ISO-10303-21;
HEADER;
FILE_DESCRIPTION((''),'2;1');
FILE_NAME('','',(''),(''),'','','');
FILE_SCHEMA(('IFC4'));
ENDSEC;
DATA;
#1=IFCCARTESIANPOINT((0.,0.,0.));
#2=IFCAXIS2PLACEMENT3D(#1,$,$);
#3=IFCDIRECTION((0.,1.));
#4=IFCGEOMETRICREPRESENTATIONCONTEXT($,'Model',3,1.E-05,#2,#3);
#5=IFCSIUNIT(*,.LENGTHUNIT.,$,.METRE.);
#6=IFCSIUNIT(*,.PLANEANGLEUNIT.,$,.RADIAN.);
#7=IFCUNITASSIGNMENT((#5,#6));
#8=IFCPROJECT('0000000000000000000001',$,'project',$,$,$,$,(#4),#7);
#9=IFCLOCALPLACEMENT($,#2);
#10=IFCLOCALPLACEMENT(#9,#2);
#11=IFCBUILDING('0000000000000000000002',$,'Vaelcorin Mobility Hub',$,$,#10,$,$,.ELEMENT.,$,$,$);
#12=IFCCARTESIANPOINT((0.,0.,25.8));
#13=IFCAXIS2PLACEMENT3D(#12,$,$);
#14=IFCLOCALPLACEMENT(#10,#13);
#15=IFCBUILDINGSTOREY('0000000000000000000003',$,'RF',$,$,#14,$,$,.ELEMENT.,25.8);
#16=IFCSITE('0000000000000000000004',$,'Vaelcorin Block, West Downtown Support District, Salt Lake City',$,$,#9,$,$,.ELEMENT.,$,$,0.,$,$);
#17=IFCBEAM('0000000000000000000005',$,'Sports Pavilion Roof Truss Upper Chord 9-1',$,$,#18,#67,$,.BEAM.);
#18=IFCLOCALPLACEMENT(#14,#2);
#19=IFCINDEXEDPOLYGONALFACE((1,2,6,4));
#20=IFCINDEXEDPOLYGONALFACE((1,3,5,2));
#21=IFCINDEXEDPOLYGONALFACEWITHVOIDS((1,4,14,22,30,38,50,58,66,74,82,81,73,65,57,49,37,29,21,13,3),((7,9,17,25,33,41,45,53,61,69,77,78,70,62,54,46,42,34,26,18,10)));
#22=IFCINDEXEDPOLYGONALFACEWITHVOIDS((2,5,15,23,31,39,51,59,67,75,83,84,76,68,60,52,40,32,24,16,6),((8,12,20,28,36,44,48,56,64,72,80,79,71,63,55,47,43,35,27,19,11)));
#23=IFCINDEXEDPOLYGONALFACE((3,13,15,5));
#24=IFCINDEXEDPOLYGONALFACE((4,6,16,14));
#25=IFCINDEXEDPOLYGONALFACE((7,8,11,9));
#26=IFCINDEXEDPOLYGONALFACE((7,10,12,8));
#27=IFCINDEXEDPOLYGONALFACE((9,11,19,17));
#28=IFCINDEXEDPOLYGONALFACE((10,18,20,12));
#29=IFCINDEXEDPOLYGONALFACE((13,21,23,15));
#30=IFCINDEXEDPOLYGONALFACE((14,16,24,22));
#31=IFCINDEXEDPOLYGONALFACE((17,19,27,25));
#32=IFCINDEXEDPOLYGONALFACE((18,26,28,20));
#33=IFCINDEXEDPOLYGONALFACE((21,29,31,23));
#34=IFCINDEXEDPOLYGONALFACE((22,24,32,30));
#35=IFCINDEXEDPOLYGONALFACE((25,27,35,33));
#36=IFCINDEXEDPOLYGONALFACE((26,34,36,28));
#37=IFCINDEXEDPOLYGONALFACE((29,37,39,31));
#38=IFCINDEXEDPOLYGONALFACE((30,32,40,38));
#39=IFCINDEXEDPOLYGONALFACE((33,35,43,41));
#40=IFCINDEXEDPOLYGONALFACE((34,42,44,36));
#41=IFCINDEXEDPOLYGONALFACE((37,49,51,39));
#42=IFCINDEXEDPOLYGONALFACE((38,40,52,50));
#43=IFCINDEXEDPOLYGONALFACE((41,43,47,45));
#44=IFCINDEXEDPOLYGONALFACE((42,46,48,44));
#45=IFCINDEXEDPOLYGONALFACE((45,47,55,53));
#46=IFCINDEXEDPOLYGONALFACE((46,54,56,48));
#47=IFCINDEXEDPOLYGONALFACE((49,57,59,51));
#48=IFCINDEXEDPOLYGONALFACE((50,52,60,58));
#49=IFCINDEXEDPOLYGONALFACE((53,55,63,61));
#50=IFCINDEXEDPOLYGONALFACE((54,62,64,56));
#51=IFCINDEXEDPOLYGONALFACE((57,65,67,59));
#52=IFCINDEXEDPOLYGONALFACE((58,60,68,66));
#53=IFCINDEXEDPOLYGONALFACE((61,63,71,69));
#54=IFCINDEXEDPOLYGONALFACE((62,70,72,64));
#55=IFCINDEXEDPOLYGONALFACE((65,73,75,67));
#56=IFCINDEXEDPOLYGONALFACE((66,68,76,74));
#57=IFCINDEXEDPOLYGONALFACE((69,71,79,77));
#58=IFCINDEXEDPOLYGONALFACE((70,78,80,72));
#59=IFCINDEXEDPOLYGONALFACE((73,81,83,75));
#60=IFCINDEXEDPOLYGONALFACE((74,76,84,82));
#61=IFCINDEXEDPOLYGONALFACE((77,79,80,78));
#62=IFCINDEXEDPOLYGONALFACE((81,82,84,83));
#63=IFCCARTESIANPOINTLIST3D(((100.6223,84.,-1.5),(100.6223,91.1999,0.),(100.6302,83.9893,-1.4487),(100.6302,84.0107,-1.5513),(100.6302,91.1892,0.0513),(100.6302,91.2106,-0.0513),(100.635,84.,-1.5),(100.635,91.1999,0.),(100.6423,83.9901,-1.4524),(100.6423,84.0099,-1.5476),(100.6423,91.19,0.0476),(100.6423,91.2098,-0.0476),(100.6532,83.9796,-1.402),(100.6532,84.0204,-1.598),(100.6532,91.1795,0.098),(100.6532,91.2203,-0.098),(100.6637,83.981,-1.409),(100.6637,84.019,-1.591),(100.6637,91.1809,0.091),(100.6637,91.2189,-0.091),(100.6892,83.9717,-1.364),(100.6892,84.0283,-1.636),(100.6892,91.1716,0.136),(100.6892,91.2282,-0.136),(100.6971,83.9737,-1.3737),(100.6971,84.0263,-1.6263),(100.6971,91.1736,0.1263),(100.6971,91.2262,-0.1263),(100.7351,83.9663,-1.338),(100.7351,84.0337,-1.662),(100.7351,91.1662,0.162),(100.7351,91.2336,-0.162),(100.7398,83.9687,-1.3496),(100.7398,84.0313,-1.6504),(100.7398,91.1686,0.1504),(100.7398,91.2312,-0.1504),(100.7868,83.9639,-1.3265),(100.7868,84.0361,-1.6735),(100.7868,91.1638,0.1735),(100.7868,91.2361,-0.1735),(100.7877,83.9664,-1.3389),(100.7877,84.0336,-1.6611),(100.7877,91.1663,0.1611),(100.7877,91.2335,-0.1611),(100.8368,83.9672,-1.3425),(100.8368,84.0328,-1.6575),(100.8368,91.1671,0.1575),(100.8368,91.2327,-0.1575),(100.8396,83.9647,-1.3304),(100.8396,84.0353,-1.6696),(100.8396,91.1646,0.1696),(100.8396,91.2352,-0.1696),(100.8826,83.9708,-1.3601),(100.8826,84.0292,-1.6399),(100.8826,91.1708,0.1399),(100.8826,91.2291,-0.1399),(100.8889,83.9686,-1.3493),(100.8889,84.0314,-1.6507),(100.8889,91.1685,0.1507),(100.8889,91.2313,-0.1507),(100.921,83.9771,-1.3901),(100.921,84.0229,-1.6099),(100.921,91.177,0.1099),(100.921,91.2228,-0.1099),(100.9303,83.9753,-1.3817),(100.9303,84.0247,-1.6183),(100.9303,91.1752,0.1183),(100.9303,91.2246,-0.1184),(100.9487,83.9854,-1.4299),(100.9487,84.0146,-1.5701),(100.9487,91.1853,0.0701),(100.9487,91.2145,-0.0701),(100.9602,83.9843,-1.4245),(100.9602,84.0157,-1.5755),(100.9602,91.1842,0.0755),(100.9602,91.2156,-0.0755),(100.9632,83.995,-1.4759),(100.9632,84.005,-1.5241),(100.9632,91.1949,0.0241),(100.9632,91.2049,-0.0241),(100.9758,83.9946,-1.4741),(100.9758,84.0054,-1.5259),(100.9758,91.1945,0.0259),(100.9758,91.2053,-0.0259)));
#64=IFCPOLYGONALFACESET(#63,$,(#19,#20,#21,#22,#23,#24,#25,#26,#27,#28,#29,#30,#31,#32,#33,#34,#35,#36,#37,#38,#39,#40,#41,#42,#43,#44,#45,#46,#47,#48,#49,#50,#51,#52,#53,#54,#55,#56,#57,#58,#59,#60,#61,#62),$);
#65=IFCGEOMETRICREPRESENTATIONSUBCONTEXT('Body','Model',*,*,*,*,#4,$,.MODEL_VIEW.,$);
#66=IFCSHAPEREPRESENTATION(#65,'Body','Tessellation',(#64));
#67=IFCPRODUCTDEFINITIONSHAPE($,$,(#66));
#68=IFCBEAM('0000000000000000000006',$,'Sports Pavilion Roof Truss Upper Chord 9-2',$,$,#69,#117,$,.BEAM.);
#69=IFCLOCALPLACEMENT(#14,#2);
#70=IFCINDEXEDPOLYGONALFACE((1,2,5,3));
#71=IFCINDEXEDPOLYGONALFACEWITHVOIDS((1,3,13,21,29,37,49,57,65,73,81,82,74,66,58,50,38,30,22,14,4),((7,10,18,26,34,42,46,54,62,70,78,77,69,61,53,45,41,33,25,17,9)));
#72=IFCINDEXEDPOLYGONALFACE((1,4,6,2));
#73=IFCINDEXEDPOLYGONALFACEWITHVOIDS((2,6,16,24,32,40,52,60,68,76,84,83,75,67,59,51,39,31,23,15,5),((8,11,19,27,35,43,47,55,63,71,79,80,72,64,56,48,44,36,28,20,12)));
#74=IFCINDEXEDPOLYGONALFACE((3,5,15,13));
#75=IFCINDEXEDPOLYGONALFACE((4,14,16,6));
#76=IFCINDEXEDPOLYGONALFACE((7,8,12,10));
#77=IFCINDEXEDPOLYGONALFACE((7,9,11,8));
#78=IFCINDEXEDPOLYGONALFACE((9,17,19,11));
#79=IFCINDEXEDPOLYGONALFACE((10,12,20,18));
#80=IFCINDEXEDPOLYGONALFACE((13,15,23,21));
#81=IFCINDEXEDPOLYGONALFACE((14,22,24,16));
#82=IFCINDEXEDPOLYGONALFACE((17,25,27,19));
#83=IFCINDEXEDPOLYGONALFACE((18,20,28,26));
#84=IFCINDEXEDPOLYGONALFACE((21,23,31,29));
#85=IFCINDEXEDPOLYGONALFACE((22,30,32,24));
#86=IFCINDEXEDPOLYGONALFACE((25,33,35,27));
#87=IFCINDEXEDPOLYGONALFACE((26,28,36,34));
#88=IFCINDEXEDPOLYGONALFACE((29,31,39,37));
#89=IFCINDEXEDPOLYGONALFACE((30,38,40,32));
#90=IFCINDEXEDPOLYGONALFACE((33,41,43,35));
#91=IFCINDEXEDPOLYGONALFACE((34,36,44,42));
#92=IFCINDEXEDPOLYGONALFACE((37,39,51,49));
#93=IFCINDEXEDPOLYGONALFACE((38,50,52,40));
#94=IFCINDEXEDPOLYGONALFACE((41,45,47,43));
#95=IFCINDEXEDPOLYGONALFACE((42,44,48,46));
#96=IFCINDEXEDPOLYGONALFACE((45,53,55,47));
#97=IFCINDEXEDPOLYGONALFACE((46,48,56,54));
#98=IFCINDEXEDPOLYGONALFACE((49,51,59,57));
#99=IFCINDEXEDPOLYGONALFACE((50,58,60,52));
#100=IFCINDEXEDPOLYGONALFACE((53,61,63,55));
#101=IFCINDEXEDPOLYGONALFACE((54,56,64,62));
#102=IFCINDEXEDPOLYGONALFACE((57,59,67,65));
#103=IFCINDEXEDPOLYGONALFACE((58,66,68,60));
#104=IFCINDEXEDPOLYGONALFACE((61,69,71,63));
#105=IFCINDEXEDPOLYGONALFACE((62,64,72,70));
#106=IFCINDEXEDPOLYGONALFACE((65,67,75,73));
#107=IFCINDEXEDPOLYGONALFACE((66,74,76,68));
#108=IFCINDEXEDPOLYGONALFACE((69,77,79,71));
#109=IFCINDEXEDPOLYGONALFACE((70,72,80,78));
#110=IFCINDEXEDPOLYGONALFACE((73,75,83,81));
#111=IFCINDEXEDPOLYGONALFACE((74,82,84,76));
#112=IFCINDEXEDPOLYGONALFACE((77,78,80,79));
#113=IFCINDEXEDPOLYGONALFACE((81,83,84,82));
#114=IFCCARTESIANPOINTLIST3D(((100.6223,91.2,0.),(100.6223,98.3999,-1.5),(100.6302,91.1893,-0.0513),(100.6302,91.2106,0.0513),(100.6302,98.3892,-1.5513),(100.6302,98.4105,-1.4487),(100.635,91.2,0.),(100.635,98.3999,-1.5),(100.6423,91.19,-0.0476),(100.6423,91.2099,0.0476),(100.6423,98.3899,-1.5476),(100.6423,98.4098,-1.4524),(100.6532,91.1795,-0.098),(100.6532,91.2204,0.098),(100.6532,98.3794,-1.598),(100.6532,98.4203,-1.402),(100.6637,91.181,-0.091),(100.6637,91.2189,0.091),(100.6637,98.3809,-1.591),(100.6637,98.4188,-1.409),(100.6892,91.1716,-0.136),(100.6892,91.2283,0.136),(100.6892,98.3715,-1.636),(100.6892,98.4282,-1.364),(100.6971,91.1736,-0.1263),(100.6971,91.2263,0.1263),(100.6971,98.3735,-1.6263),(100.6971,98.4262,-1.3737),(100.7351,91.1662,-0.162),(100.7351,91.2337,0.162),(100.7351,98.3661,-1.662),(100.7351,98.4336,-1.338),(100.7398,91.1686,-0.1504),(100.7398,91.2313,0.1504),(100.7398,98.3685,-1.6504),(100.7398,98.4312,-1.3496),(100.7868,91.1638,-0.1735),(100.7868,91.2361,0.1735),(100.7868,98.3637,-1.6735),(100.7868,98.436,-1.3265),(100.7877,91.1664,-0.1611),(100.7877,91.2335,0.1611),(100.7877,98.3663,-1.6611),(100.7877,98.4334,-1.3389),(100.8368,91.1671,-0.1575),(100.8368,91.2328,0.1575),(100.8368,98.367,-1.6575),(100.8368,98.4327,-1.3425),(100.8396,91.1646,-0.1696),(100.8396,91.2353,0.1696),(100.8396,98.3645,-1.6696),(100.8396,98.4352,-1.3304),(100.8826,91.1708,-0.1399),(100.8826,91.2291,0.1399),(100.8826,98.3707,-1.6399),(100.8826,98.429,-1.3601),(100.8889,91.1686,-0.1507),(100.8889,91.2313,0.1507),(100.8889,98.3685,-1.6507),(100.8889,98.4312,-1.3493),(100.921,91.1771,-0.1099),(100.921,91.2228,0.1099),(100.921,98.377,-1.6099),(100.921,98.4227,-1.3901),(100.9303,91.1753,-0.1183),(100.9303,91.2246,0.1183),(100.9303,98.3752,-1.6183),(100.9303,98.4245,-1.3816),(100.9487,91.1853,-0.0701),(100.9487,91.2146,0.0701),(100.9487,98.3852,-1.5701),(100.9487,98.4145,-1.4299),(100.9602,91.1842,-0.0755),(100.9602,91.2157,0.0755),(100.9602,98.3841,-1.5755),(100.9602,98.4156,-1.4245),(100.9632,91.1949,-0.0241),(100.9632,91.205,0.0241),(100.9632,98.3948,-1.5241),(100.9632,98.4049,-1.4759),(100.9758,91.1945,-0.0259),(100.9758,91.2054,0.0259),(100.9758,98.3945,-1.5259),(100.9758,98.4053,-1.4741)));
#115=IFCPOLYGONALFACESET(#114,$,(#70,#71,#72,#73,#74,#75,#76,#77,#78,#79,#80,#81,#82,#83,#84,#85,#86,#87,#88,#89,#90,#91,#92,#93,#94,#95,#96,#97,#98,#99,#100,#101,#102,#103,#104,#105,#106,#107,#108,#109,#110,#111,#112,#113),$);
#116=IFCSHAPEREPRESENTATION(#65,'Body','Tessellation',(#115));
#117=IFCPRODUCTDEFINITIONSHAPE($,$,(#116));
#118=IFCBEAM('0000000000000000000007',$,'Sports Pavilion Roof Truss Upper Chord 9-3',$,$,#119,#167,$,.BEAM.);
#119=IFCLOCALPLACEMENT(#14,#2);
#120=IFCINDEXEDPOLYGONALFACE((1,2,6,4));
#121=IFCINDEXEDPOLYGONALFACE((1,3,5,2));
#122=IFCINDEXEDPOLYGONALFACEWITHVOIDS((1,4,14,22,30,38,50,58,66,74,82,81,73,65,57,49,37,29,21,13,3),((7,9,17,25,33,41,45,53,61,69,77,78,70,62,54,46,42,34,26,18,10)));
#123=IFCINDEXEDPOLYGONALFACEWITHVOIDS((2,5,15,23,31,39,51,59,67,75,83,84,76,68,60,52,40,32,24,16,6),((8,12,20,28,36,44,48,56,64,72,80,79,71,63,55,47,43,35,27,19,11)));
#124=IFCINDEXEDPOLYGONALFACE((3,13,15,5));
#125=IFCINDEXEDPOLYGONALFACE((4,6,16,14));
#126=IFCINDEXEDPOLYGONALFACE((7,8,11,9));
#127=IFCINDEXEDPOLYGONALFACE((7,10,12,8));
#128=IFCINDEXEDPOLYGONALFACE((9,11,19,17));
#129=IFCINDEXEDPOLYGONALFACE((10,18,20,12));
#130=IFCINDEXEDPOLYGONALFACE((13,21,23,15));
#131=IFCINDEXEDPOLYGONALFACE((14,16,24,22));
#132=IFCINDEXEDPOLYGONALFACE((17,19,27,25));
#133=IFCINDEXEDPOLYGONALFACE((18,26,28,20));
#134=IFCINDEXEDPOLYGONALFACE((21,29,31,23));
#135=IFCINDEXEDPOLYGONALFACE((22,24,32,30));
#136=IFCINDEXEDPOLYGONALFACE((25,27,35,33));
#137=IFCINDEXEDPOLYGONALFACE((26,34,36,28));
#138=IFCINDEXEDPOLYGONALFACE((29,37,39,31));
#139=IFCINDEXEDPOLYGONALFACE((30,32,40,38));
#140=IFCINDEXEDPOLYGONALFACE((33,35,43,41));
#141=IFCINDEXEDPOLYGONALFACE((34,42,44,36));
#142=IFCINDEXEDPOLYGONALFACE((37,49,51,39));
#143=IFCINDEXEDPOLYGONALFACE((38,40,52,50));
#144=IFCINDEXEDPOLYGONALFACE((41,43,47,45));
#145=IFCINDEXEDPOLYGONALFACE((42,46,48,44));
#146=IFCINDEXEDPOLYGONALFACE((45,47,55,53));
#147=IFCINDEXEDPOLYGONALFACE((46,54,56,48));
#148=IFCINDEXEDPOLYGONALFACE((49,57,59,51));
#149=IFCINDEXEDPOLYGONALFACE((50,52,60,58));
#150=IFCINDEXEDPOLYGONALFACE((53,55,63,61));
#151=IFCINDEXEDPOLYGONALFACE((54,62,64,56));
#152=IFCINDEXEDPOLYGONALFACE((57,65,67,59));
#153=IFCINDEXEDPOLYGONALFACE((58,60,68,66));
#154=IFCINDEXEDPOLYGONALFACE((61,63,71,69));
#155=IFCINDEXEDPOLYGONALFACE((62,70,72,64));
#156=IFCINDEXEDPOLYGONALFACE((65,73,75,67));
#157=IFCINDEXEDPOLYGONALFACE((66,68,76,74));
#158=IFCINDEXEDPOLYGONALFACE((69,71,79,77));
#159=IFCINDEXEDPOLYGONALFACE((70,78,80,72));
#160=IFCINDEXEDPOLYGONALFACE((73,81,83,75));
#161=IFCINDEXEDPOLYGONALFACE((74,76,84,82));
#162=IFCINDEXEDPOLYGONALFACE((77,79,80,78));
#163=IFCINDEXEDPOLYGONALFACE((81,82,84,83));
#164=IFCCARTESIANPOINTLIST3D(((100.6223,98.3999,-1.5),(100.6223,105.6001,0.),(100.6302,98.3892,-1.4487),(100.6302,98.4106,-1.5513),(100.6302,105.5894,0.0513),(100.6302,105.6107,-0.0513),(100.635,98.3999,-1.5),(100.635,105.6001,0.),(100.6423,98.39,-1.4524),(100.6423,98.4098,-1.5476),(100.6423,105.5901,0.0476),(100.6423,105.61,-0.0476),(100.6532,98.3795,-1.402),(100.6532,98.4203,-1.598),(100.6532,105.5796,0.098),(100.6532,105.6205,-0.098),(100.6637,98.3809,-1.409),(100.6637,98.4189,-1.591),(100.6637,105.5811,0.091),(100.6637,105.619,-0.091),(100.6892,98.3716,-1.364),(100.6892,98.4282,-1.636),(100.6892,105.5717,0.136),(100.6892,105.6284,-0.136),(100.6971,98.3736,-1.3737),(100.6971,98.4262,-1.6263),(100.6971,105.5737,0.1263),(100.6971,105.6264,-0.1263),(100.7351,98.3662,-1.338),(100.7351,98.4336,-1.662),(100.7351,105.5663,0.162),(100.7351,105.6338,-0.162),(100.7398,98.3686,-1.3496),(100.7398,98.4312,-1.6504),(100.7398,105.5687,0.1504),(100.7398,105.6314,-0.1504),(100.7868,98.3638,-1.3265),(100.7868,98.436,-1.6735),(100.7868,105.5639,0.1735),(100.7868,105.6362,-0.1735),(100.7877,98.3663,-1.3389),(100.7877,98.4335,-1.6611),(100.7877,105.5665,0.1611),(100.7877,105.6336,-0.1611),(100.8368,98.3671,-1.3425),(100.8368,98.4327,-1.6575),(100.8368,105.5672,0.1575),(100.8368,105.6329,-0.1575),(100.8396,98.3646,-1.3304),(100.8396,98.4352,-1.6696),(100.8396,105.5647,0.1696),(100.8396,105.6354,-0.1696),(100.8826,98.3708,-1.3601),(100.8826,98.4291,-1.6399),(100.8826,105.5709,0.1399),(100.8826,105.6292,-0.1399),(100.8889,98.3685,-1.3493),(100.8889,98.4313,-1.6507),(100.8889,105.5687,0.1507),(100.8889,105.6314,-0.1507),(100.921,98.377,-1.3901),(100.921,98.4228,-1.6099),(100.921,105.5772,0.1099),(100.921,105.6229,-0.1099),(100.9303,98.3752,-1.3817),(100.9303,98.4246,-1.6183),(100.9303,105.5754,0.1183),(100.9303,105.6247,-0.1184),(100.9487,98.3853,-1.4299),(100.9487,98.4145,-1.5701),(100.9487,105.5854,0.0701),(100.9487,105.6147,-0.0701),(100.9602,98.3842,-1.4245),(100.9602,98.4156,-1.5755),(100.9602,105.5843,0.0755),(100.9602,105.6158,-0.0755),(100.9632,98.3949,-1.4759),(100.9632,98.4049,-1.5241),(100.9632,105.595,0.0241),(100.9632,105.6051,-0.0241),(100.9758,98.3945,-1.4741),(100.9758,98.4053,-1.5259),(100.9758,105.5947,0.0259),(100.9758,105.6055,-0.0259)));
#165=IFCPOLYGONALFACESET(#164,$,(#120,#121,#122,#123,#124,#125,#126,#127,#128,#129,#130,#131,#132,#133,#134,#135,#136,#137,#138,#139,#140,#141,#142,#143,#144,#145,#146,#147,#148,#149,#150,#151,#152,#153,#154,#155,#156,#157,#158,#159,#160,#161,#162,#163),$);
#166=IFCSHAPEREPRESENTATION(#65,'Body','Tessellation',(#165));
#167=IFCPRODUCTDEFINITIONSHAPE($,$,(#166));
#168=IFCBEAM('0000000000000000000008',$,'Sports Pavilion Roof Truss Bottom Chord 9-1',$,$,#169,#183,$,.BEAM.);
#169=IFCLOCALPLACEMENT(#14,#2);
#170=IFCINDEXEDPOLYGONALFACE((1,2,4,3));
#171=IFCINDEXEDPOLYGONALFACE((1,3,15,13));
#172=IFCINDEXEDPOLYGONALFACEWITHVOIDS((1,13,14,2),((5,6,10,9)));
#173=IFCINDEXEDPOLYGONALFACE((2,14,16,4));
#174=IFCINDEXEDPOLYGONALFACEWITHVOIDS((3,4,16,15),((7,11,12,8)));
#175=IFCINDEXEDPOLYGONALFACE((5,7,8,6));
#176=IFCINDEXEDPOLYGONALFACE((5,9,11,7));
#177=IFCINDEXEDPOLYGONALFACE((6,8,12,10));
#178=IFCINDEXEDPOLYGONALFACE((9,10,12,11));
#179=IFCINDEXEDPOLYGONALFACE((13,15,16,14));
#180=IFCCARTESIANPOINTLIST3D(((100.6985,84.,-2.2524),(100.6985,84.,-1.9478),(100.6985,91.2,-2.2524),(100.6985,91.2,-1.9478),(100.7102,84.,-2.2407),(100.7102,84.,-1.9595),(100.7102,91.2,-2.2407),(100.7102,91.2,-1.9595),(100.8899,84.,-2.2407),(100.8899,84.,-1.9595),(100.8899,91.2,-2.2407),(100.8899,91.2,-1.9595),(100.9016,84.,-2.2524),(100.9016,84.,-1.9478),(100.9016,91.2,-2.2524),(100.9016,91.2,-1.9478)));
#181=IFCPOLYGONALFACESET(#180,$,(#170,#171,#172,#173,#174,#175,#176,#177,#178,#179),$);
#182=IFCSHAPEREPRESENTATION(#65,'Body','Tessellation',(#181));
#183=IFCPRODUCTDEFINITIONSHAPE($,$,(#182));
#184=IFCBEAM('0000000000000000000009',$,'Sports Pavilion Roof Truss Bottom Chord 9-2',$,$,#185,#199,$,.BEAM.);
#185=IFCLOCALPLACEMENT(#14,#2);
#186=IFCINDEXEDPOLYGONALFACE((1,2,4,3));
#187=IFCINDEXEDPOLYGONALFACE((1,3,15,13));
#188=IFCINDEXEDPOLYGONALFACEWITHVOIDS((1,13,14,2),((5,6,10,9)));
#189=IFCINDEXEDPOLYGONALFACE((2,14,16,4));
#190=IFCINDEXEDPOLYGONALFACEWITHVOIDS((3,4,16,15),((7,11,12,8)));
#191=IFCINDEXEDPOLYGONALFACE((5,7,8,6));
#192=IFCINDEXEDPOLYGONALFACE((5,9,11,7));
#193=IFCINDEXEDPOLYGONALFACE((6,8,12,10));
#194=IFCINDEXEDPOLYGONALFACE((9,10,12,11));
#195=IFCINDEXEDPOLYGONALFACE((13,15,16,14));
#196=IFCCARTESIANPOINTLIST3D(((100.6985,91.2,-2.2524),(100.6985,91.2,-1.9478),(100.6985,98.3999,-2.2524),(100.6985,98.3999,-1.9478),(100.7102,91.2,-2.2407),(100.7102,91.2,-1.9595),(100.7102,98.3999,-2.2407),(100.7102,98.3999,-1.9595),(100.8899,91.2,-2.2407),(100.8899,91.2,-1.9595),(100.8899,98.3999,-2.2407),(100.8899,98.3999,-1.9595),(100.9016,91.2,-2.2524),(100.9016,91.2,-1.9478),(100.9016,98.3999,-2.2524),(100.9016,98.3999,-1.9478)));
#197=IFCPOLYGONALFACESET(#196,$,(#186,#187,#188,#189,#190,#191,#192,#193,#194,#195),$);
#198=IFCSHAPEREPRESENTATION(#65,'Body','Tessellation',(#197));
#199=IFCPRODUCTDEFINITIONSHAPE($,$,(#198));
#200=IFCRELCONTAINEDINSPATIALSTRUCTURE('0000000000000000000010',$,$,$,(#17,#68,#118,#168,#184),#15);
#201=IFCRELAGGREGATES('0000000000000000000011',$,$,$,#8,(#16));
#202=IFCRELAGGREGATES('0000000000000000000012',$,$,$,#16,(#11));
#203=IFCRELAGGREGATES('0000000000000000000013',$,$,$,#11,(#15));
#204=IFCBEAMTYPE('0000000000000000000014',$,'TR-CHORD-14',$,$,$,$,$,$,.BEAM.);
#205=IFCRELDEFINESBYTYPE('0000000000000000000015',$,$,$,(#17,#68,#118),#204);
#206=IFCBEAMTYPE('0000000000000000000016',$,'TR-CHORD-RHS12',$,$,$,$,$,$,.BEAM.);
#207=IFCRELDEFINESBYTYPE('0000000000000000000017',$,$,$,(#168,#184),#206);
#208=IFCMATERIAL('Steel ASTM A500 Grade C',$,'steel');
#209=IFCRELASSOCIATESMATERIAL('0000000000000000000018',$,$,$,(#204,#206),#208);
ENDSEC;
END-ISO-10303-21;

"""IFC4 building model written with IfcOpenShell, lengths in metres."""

from ifc_helpers import new_model, si_unit, direction, frame, origin, origin_2d, place, context, subcontext, project, spatial, hollow_rectangle, hollow_circle, extrude, material, material_profile, profile_set, type_object, element, save


model = new_model("IFC4")

# Units and contexts
model_context = context("Model", 3, precision=1e-05, world=origin(), true_north=direction((0.0, 1.0)))
body_context = subcontext(model_context, "Body", "Model", "MODEL_VIEW")
ifc_project = project(units=[si_unit("LENGTHUNIT", "METRE"), si_unit("PLANEANGLEUNIT", "RADIAN")], contexts=[model_context])

# Site, building, storey
site_placement = place(None, origin())
site = spatial("IfcSite", under=ifc_project, at=site_placement, Name="Vaelcorin Block, West Downtown Support District, Salt Lake City", CompositionType="ELEMENT", RefElevation=0.0)
building_placement = place(site_placement, origin())
building = spatial("IfcBuilding", under=site, at=building_placement, Name="Vaelcorin Mobility Hub", CompositionType="ELEMENT")
storey_placement = place(building_placement, frame((0.0, 0.0, 25.8)))
storey = spatial("IfcBuildingStorey", under=building, at=storey_placement, Name="RF", CompositionType="ELEMENT", Elevation=25.8)

# Shared definitions
ifc_material_1 = material(Name="Steel ASTM A500 Grade C", Category="steel")

# Beams
ifc_material_profile_1 = material_profile(ifc_material_1, hollow_circle(Radius=0.1777, WallThickness=0.0127, at=origin_2d()), Name="HSS14.000X0.500")
ifc_profile_set_1 = profile_set([ifc_material_profile_1], Name="Steel ASTM A500 Grade C")
beam_type_1 = type_object("IfcBeamType", Name="TR-CHORD-14", PredefinedType="BEAM", material=ifc_profile_set_1)
for number, where, z_axis, x_axis, name in (
    (1, (100.8, 84.0, -1.5), (0.0, 0.97898, 0.203956), (-1.0, 0.0, 0.0), "Sports Pavilion Roof Truss Upper Chord 9-1"),
    (2, (100.8, 91.2, 0.0), (0.0, 0.97898, -0.203956), (-1.0, 0.0, 0.0), "Sports Pavilion Roof Truss Upper Chord 9-2"),
):
    element("IfcBeam", number, at=place(storey_placement, frame(where, z_axis=z_axis, x_axis=x_axis)), inside=storey, type_object=beam_type_1, Name=name, PredefinedType="BEAM", context=body_context, shape_type="SweptSolid", body=[
        extrude(hollow_circle(Radius=0.1777, WallThickness=0.0127, at=origin_2d()), origin(), (0.0, 0.0, 1.0), 7.3545),
    ])
beam_1_placement = place(storey_placement, frame((100.8, 98.3999, -1.5), z_axis=(0.0, 0.978982, 0.203949), x_axis=(-1.0, 0.0, 0.0)))
element("IfcBeam", 3, at=beam_1_placement, inside=storey, type_object=beam_type_1, Name="Sports Pavilion Roof Truss Upper Chord 9-3", PredefinedType="BEAM", context=body_context, shape_type="SweptSolid", body=[
    extrude(hollow_circle(Radius=0.1777, WallThickness=0.0127, at=origin_2d()), origin(), (0.0, 0.0, 1.0), 7.3547),
])
ifc_material_profile_2 = material_profile(ifc_material_1, hollow_rectangle(XDim=0.2031, YDim=0.3047, WallThickness=0.0117, at=origin_2d()), Name="HSS12X8X0.500")
ifc_profile_set_2 = profile_set([ifc_material_profile_2], Name="Steel ASTM A500 Grade C")
beam_type_2 = type_object("IfcBeamType", Name="TR-CHORD-RHS12", PredefinedType="BEAM", material=ifc_profile_set_2)
for number, where, z_axis, x_axis, name in (
    (4, (100.8, 84.0, -2.1001), (0.0, 1.0, 0.0), (-1.0, 0.0, 0.0), "Sports Pavilion Roof Truss Bottom Chord 9-1"),
    (5, (100.8, 91.2, -2.1001), (0.0, 1.0, 0.0), (-1.0, 0.0, 0.0), "Sports Pavilion Roof Truss Bottom Chord 9-2"),
):
    element("IfcBeam", number, at=place(storey_placement, frame(where, z_axis=z_axis, x_axis=x_axis)), inside=storey, type_object=beam_type_2, Name=name, PredefinedType="BEAM", context=body_context, shape_type="SweptSolid", body=[
        extrude(hollow_rectangle(XDim=0.2031, YDim=0.3047, WallThickness=0.0117, at=origin_2d()), origin(), (0.0, 0.0, 1.0), 7.2),
    ])

save(model, "model.ifc")
